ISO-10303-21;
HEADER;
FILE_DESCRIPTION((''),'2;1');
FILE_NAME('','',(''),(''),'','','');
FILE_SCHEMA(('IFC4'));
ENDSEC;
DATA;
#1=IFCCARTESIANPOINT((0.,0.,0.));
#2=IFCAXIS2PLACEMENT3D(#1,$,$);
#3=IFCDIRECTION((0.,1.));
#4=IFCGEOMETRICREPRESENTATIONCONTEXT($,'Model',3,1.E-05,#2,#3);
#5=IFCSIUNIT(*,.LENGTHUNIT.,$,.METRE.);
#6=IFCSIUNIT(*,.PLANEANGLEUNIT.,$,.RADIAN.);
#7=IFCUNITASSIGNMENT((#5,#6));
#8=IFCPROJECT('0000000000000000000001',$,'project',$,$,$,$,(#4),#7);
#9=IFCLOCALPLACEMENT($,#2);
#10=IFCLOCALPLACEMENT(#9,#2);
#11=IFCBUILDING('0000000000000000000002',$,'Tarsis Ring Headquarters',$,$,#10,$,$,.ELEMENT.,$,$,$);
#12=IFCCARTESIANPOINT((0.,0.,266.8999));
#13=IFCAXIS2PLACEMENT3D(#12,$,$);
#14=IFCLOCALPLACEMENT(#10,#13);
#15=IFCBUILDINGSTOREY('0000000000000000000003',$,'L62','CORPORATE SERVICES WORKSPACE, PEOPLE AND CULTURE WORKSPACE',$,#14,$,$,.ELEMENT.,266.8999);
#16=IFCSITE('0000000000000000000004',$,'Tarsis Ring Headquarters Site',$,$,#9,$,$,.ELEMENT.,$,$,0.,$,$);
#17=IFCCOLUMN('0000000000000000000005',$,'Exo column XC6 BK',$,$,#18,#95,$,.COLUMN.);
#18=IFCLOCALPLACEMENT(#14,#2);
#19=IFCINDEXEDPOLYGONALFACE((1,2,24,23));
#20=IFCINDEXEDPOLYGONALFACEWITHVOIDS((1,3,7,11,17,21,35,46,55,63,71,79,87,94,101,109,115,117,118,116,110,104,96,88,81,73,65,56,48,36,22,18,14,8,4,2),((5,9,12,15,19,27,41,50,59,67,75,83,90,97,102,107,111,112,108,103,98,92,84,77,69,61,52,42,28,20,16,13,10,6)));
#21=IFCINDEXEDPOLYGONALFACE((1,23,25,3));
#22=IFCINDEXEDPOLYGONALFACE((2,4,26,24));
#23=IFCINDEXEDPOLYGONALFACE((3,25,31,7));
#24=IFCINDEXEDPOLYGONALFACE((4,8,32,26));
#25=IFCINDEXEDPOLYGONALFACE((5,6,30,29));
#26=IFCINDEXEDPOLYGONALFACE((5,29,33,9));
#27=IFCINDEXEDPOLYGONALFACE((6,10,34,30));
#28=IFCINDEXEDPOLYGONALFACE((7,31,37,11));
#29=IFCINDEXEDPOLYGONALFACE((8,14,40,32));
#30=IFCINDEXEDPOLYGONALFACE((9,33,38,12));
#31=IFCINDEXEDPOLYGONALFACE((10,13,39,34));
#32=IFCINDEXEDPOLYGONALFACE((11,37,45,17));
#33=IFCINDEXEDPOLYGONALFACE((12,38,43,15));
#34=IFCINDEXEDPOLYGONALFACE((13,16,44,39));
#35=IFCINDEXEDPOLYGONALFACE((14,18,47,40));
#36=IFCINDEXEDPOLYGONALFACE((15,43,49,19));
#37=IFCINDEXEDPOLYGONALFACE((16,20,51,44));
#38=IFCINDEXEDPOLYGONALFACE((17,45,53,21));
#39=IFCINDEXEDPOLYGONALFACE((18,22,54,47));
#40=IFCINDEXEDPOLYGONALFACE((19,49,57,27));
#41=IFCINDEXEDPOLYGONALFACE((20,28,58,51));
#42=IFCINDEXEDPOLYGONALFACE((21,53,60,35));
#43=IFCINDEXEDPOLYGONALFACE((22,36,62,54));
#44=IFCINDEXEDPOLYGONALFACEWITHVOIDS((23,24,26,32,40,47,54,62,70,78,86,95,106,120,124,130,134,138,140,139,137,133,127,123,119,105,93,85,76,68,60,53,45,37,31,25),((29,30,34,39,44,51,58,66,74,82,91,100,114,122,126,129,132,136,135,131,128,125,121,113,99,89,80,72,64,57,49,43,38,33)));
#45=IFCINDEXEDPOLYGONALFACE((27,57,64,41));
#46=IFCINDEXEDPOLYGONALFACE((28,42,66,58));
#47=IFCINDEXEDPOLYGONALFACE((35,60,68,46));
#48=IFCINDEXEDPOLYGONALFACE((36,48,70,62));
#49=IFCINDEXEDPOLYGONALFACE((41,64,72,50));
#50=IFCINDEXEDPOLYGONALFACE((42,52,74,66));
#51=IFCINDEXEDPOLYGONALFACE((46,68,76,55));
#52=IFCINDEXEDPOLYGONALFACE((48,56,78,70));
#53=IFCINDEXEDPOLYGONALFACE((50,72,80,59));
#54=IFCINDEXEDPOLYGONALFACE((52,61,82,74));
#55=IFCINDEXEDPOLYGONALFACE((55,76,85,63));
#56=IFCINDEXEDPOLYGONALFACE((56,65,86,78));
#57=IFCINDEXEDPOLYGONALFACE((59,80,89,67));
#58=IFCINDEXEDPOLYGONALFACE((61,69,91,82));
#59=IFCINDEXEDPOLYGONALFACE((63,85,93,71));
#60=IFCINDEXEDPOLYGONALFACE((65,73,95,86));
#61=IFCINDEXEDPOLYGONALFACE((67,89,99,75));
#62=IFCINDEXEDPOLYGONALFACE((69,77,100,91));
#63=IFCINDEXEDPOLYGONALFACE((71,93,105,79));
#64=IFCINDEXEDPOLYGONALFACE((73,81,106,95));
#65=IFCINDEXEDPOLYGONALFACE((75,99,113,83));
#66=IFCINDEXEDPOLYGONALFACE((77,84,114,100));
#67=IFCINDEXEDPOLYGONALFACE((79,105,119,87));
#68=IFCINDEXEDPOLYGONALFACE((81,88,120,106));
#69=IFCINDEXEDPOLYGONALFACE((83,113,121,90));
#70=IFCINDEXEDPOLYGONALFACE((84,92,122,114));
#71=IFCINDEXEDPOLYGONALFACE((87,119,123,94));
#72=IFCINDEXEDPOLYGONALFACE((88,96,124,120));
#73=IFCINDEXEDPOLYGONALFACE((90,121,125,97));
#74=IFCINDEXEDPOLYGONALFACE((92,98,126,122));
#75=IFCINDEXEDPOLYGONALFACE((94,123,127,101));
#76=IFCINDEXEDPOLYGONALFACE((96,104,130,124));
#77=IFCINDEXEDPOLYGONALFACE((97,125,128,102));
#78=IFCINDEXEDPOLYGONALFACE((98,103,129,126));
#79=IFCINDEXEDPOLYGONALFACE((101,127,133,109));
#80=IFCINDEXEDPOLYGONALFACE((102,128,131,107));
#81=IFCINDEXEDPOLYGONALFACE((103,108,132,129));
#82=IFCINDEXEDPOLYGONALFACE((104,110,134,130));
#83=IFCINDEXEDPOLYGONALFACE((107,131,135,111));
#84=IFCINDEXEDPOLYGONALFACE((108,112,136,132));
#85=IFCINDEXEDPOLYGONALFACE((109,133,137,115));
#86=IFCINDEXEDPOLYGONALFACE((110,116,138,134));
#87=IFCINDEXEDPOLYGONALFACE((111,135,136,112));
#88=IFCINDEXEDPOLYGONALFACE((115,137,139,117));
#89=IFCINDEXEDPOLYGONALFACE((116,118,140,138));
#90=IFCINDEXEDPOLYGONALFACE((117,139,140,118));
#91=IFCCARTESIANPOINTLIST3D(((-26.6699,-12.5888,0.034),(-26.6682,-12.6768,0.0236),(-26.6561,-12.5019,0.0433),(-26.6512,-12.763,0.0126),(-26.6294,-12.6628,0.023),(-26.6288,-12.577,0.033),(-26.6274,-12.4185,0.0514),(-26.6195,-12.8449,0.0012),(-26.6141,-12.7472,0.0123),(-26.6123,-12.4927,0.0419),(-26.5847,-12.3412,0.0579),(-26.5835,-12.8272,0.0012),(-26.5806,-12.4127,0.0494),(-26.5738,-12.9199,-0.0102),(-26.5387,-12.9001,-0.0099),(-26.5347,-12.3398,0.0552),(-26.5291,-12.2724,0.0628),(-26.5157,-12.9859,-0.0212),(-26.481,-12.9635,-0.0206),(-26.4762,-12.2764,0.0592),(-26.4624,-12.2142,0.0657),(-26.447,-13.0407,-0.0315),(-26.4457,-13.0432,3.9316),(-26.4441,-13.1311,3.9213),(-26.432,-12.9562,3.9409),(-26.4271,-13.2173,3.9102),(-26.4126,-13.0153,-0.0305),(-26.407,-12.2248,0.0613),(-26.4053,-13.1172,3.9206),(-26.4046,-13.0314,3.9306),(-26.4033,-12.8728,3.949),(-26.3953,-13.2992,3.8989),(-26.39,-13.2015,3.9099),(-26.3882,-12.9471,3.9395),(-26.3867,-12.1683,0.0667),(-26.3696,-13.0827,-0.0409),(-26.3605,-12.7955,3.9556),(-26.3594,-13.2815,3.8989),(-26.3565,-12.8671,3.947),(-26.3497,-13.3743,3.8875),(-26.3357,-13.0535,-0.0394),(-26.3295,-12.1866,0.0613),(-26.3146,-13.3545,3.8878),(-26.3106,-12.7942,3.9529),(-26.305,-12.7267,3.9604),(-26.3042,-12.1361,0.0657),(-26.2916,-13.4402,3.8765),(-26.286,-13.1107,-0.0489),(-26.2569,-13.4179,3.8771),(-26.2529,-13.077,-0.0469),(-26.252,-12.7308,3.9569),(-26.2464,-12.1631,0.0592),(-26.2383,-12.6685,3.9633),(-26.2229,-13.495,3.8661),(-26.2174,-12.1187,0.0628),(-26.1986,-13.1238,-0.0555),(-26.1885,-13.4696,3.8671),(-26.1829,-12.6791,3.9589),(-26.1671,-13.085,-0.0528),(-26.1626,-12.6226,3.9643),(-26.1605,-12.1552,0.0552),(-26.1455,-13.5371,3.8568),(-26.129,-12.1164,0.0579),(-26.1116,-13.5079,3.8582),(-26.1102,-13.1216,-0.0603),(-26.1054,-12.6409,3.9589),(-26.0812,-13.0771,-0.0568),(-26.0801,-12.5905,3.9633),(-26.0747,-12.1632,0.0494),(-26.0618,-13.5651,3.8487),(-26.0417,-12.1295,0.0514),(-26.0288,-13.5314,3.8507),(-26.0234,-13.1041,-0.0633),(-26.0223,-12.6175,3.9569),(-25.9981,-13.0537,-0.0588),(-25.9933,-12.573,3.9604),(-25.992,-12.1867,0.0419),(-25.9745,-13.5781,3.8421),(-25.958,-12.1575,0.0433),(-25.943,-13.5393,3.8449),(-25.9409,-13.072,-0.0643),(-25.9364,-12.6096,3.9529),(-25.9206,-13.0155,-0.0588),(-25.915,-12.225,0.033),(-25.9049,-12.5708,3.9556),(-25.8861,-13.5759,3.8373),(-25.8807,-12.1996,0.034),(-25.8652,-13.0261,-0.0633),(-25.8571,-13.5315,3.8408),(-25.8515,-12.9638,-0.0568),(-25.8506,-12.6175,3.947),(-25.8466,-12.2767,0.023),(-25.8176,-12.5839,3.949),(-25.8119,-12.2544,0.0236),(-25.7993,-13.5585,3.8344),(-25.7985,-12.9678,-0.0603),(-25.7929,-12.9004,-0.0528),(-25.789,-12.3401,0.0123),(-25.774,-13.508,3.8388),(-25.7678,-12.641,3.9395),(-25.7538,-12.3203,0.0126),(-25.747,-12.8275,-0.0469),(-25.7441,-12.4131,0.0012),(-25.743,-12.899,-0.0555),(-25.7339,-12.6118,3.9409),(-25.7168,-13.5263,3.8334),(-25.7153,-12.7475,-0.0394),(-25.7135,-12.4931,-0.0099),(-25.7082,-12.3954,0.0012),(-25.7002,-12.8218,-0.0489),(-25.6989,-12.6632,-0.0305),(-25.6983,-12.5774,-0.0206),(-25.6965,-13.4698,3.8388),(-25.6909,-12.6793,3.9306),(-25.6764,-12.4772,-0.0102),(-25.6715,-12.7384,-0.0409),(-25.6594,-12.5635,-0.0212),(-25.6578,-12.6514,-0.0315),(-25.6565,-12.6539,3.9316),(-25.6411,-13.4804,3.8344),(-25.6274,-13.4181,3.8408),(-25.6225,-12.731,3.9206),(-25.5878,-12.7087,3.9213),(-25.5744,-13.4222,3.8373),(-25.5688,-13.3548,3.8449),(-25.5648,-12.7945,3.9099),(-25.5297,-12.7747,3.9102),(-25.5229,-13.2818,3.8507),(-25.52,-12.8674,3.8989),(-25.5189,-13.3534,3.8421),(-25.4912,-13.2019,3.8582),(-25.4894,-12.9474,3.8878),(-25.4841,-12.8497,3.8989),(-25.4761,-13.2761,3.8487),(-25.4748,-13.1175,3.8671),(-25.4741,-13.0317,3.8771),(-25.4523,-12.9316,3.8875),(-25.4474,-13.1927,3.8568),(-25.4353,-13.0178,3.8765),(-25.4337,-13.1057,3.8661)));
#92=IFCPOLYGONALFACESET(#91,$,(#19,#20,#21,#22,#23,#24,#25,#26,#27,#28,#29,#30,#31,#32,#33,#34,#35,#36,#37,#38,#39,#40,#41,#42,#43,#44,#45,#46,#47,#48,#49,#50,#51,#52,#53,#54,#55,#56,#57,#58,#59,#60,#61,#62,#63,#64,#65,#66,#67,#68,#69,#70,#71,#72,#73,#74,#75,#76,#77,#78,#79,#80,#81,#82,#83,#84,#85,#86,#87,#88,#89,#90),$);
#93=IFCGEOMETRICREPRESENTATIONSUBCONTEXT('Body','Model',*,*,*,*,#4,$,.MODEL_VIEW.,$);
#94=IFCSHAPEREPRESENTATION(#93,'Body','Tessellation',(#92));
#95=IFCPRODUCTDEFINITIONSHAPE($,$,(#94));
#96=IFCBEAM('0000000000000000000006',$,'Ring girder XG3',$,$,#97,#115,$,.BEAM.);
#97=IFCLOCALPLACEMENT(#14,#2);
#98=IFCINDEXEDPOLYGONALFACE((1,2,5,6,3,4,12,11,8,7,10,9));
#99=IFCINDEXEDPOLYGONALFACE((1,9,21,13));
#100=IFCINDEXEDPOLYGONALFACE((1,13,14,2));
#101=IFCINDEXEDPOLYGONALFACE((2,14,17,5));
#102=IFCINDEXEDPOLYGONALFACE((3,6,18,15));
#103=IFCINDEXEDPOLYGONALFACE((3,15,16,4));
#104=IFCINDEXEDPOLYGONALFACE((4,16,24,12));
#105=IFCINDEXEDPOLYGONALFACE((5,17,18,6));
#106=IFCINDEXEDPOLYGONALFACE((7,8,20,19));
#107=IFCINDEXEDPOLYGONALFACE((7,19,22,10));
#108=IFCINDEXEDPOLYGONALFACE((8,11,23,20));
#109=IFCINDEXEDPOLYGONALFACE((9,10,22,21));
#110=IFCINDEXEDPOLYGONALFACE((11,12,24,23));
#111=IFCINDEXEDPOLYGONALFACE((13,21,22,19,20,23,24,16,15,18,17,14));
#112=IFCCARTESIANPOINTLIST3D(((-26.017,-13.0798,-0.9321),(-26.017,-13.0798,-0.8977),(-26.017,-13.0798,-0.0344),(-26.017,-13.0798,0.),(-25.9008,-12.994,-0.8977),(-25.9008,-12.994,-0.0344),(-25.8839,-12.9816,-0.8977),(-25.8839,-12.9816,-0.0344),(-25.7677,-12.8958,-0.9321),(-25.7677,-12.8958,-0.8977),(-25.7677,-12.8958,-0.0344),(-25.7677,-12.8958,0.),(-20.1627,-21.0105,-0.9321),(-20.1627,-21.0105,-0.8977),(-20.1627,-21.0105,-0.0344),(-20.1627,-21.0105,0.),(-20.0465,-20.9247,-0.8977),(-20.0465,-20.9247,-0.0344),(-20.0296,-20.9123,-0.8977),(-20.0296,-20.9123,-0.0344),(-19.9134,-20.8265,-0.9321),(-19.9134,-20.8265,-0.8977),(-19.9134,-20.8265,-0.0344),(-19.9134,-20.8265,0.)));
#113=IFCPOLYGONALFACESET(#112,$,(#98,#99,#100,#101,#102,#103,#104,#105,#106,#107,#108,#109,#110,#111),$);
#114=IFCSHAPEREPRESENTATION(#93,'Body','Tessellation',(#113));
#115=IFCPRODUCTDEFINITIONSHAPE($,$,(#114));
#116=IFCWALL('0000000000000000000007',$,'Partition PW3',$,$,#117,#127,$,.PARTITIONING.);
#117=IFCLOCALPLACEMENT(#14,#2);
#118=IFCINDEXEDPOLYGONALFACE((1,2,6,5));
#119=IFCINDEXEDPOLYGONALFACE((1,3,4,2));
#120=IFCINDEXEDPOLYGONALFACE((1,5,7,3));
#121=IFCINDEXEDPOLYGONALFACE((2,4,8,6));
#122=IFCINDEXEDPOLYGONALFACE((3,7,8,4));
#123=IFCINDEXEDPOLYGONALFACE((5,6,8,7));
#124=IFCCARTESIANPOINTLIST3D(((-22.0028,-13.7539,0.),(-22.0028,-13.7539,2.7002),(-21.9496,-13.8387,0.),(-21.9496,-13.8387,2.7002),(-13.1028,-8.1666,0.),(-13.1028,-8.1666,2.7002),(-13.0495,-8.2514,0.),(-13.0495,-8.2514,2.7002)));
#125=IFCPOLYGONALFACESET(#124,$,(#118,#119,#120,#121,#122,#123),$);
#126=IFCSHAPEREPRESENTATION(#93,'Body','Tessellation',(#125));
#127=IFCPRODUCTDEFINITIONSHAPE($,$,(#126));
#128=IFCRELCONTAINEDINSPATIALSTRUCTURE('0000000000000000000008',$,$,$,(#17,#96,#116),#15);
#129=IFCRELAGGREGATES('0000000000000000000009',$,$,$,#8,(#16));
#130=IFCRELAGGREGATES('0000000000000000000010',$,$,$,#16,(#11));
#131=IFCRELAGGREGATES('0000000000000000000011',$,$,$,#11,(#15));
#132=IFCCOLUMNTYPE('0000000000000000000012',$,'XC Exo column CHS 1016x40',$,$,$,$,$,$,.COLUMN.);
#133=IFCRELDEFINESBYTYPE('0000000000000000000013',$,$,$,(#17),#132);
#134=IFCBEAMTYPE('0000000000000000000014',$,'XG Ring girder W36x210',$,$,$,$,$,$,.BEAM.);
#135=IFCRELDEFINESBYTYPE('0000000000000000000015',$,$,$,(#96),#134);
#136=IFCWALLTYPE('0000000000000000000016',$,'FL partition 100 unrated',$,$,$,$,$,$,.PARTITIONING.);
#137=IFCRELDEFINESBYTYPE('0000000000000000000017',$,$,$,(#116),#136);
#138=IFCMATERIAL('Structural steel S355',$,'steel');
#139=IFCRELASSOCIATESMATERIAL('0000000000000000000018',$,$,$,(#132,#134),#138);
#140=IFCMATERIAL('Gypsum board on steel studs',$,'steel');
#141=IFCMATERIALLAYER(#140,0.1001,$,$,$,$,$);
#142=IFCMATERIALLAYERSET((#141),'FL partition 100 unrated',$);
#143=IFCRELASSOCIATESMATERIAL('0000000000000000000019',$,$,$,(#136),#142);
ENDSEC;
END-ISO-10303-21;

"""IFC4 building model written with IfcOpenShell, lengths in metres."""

from ifc_helpers import new_model, si_unit, direction, frame, frame_2d, origin, origin_2d, place, context, subcontext, project, spatial, rectangle, hollow_circle, i_section, extrude, material, layer, layer_set, material_profile, profile_set, type_object, element, save


model = new_model("IFC4")

# Units and contexts
model_context = context("Model", 3, precision=1e-05, world=origin(), true_north=direction((0.0, 1.0)))
body_context = subcontext(model_context, "Body", "Model", "MODEL_VIEW")
ifc_project = project(units=[si_unit("LENGTHUNIT", "METRE"), si_unit("PLANEANGLEUNIT", "RADIAN")], contexts=[model_context])

# Site, building, storey
site_placement = place(None, origin())
site = spatial("IfcSite", under=ifc_project, at=site_placement, Name="Tarsis Ring Headquarters Site", CompositionType="ELEMENT", RefElevation=0.0)
building_placement = place(site_placement, origin())
building = spatial("IfcBuilding", under=site, at=building_placement, Name="Tarsis Ring Headquarters", CompositionType="ELEMENT")
storey_placement = place(building_placement, frame((0.0, 0.0, 266.8999)))
storey = spatial("IfcBuildingStorey", under=building, at=storey_placement, Name="L62", Description="CORPORATE SERVICES WORKSPACE, PEOPLE AND CULTURE WORKSPACE", CompositionType="ELEMENT", Elevation=266.8999)

# Column
ifc_material_1 = material(Name="Structural steel S355", Category="steel")
ifc_material_profile_1 = material_profile(ifc_material_1, hollow_circle(Radius=0.5081, WallThickness=0.04, at=origin_2d()), Name="CHS 1016x40")
ifc_profile_set_1 = profile_set([ifc_material_profile_1], Name="Structural steel S355")
column_type = type_object("IfcColumnType", Name="XC Exo column CHS 1016x40", PredefinedType="COLUMN", material=ifc_profile_set_1)
column_placement = place(storey_placement, frame((-26.1638, -12.6201, 0.0012), z_axis=(0.057021, -0.115595, 0.991658), x_axis=(0.896824, 0.442388, 0.0)))
element("IfcColumn", 1, at=column_placement, inside=storey, type_object=column_type, Name="Exo column XC6 BK", PredefinedType="COLUMN", context=body_context, shape_type="SweptSolid", body=[
    extrude(hollow_circle(Radius=0.5081, WallThickness=0.04, at=origin_2d()), origin(), (0.0, 0.0, 1.0), 3.9304),
])

# Beam
ifc_material_profile_2 = material_profile(ifc_material_1, i_section(OverallWidth=0.3098, OverallDepth=0.9321, WebThickness=0.021, FlangeThickness=0.0344, at=origin_2d()), Name="W36x210")
ifc_profile_set_2 = profile_set([ifc_material_profile_2], Name="Structural steel S355")
beam_type = type_object("IfcBeamType", Name="XG Ring girder W36x210", PredefinedType="BEAM", material=ifc_profile_set_2)
beam_placement = place(storey_placement, frame((-25.8923, -12.9878, -0.4661), z_axis=(0.593896, -0.804542, 0.0), x_axis=(0.804542, 0.593896, 0.0)))
element("IfcBeam", 2, at=beam_placement, inside=storey, type_object=beam_type, Name="Ring girder XG3", PredefinedType="BEAM", context=body_context, shape_type="SweptSolid", body=[
    extrude(i_section(OverallWidth=0.3098, OverallDepth=0.9321, WebThickness=0.021, FlangeThickness=0.0344, at=origin_2d()), origin(), (0.0, 0.0, 1.0), 9.8574),
])

# Wall
ifc_material_2 = material(Name="Gypsum board on steel studs", Category="steel")
ifc_layer_1 = layer(ifc_material_2, 0.1001)
ifc_layer_set_1 = layer_set([ifc_layer_1], Name="FL partition 100 unrated")
wall_type_1 = type_object("IfcWallType", Name="FL partition 100 unrated", PredefinedType="PARTITIONING", material=ifc_layer_set_1)
wall_1_placement = place(storey_placement, frame((-21.9763, -13.7964, 0.0), z_axis=(0.0, 0.0, 1.0), x_axis=(0.846935, 0.531696, 0.0)))
element("IfcWall", 3, at=wall_1_placement, inside=storey, type_object=wall_type_1, Name="Partition PW3", PredefinedType="PARTITIONING", context=body_context, shape_type="SweptSolid", body=[
    extrude(rectangle(XDim=10.5085, YDim=0.1001, at=frame_2d((5.2544, 0.0))), origin(), (0.0, 0.0, 1.0), 2.7002),
])

save(model, "model.ifc")
